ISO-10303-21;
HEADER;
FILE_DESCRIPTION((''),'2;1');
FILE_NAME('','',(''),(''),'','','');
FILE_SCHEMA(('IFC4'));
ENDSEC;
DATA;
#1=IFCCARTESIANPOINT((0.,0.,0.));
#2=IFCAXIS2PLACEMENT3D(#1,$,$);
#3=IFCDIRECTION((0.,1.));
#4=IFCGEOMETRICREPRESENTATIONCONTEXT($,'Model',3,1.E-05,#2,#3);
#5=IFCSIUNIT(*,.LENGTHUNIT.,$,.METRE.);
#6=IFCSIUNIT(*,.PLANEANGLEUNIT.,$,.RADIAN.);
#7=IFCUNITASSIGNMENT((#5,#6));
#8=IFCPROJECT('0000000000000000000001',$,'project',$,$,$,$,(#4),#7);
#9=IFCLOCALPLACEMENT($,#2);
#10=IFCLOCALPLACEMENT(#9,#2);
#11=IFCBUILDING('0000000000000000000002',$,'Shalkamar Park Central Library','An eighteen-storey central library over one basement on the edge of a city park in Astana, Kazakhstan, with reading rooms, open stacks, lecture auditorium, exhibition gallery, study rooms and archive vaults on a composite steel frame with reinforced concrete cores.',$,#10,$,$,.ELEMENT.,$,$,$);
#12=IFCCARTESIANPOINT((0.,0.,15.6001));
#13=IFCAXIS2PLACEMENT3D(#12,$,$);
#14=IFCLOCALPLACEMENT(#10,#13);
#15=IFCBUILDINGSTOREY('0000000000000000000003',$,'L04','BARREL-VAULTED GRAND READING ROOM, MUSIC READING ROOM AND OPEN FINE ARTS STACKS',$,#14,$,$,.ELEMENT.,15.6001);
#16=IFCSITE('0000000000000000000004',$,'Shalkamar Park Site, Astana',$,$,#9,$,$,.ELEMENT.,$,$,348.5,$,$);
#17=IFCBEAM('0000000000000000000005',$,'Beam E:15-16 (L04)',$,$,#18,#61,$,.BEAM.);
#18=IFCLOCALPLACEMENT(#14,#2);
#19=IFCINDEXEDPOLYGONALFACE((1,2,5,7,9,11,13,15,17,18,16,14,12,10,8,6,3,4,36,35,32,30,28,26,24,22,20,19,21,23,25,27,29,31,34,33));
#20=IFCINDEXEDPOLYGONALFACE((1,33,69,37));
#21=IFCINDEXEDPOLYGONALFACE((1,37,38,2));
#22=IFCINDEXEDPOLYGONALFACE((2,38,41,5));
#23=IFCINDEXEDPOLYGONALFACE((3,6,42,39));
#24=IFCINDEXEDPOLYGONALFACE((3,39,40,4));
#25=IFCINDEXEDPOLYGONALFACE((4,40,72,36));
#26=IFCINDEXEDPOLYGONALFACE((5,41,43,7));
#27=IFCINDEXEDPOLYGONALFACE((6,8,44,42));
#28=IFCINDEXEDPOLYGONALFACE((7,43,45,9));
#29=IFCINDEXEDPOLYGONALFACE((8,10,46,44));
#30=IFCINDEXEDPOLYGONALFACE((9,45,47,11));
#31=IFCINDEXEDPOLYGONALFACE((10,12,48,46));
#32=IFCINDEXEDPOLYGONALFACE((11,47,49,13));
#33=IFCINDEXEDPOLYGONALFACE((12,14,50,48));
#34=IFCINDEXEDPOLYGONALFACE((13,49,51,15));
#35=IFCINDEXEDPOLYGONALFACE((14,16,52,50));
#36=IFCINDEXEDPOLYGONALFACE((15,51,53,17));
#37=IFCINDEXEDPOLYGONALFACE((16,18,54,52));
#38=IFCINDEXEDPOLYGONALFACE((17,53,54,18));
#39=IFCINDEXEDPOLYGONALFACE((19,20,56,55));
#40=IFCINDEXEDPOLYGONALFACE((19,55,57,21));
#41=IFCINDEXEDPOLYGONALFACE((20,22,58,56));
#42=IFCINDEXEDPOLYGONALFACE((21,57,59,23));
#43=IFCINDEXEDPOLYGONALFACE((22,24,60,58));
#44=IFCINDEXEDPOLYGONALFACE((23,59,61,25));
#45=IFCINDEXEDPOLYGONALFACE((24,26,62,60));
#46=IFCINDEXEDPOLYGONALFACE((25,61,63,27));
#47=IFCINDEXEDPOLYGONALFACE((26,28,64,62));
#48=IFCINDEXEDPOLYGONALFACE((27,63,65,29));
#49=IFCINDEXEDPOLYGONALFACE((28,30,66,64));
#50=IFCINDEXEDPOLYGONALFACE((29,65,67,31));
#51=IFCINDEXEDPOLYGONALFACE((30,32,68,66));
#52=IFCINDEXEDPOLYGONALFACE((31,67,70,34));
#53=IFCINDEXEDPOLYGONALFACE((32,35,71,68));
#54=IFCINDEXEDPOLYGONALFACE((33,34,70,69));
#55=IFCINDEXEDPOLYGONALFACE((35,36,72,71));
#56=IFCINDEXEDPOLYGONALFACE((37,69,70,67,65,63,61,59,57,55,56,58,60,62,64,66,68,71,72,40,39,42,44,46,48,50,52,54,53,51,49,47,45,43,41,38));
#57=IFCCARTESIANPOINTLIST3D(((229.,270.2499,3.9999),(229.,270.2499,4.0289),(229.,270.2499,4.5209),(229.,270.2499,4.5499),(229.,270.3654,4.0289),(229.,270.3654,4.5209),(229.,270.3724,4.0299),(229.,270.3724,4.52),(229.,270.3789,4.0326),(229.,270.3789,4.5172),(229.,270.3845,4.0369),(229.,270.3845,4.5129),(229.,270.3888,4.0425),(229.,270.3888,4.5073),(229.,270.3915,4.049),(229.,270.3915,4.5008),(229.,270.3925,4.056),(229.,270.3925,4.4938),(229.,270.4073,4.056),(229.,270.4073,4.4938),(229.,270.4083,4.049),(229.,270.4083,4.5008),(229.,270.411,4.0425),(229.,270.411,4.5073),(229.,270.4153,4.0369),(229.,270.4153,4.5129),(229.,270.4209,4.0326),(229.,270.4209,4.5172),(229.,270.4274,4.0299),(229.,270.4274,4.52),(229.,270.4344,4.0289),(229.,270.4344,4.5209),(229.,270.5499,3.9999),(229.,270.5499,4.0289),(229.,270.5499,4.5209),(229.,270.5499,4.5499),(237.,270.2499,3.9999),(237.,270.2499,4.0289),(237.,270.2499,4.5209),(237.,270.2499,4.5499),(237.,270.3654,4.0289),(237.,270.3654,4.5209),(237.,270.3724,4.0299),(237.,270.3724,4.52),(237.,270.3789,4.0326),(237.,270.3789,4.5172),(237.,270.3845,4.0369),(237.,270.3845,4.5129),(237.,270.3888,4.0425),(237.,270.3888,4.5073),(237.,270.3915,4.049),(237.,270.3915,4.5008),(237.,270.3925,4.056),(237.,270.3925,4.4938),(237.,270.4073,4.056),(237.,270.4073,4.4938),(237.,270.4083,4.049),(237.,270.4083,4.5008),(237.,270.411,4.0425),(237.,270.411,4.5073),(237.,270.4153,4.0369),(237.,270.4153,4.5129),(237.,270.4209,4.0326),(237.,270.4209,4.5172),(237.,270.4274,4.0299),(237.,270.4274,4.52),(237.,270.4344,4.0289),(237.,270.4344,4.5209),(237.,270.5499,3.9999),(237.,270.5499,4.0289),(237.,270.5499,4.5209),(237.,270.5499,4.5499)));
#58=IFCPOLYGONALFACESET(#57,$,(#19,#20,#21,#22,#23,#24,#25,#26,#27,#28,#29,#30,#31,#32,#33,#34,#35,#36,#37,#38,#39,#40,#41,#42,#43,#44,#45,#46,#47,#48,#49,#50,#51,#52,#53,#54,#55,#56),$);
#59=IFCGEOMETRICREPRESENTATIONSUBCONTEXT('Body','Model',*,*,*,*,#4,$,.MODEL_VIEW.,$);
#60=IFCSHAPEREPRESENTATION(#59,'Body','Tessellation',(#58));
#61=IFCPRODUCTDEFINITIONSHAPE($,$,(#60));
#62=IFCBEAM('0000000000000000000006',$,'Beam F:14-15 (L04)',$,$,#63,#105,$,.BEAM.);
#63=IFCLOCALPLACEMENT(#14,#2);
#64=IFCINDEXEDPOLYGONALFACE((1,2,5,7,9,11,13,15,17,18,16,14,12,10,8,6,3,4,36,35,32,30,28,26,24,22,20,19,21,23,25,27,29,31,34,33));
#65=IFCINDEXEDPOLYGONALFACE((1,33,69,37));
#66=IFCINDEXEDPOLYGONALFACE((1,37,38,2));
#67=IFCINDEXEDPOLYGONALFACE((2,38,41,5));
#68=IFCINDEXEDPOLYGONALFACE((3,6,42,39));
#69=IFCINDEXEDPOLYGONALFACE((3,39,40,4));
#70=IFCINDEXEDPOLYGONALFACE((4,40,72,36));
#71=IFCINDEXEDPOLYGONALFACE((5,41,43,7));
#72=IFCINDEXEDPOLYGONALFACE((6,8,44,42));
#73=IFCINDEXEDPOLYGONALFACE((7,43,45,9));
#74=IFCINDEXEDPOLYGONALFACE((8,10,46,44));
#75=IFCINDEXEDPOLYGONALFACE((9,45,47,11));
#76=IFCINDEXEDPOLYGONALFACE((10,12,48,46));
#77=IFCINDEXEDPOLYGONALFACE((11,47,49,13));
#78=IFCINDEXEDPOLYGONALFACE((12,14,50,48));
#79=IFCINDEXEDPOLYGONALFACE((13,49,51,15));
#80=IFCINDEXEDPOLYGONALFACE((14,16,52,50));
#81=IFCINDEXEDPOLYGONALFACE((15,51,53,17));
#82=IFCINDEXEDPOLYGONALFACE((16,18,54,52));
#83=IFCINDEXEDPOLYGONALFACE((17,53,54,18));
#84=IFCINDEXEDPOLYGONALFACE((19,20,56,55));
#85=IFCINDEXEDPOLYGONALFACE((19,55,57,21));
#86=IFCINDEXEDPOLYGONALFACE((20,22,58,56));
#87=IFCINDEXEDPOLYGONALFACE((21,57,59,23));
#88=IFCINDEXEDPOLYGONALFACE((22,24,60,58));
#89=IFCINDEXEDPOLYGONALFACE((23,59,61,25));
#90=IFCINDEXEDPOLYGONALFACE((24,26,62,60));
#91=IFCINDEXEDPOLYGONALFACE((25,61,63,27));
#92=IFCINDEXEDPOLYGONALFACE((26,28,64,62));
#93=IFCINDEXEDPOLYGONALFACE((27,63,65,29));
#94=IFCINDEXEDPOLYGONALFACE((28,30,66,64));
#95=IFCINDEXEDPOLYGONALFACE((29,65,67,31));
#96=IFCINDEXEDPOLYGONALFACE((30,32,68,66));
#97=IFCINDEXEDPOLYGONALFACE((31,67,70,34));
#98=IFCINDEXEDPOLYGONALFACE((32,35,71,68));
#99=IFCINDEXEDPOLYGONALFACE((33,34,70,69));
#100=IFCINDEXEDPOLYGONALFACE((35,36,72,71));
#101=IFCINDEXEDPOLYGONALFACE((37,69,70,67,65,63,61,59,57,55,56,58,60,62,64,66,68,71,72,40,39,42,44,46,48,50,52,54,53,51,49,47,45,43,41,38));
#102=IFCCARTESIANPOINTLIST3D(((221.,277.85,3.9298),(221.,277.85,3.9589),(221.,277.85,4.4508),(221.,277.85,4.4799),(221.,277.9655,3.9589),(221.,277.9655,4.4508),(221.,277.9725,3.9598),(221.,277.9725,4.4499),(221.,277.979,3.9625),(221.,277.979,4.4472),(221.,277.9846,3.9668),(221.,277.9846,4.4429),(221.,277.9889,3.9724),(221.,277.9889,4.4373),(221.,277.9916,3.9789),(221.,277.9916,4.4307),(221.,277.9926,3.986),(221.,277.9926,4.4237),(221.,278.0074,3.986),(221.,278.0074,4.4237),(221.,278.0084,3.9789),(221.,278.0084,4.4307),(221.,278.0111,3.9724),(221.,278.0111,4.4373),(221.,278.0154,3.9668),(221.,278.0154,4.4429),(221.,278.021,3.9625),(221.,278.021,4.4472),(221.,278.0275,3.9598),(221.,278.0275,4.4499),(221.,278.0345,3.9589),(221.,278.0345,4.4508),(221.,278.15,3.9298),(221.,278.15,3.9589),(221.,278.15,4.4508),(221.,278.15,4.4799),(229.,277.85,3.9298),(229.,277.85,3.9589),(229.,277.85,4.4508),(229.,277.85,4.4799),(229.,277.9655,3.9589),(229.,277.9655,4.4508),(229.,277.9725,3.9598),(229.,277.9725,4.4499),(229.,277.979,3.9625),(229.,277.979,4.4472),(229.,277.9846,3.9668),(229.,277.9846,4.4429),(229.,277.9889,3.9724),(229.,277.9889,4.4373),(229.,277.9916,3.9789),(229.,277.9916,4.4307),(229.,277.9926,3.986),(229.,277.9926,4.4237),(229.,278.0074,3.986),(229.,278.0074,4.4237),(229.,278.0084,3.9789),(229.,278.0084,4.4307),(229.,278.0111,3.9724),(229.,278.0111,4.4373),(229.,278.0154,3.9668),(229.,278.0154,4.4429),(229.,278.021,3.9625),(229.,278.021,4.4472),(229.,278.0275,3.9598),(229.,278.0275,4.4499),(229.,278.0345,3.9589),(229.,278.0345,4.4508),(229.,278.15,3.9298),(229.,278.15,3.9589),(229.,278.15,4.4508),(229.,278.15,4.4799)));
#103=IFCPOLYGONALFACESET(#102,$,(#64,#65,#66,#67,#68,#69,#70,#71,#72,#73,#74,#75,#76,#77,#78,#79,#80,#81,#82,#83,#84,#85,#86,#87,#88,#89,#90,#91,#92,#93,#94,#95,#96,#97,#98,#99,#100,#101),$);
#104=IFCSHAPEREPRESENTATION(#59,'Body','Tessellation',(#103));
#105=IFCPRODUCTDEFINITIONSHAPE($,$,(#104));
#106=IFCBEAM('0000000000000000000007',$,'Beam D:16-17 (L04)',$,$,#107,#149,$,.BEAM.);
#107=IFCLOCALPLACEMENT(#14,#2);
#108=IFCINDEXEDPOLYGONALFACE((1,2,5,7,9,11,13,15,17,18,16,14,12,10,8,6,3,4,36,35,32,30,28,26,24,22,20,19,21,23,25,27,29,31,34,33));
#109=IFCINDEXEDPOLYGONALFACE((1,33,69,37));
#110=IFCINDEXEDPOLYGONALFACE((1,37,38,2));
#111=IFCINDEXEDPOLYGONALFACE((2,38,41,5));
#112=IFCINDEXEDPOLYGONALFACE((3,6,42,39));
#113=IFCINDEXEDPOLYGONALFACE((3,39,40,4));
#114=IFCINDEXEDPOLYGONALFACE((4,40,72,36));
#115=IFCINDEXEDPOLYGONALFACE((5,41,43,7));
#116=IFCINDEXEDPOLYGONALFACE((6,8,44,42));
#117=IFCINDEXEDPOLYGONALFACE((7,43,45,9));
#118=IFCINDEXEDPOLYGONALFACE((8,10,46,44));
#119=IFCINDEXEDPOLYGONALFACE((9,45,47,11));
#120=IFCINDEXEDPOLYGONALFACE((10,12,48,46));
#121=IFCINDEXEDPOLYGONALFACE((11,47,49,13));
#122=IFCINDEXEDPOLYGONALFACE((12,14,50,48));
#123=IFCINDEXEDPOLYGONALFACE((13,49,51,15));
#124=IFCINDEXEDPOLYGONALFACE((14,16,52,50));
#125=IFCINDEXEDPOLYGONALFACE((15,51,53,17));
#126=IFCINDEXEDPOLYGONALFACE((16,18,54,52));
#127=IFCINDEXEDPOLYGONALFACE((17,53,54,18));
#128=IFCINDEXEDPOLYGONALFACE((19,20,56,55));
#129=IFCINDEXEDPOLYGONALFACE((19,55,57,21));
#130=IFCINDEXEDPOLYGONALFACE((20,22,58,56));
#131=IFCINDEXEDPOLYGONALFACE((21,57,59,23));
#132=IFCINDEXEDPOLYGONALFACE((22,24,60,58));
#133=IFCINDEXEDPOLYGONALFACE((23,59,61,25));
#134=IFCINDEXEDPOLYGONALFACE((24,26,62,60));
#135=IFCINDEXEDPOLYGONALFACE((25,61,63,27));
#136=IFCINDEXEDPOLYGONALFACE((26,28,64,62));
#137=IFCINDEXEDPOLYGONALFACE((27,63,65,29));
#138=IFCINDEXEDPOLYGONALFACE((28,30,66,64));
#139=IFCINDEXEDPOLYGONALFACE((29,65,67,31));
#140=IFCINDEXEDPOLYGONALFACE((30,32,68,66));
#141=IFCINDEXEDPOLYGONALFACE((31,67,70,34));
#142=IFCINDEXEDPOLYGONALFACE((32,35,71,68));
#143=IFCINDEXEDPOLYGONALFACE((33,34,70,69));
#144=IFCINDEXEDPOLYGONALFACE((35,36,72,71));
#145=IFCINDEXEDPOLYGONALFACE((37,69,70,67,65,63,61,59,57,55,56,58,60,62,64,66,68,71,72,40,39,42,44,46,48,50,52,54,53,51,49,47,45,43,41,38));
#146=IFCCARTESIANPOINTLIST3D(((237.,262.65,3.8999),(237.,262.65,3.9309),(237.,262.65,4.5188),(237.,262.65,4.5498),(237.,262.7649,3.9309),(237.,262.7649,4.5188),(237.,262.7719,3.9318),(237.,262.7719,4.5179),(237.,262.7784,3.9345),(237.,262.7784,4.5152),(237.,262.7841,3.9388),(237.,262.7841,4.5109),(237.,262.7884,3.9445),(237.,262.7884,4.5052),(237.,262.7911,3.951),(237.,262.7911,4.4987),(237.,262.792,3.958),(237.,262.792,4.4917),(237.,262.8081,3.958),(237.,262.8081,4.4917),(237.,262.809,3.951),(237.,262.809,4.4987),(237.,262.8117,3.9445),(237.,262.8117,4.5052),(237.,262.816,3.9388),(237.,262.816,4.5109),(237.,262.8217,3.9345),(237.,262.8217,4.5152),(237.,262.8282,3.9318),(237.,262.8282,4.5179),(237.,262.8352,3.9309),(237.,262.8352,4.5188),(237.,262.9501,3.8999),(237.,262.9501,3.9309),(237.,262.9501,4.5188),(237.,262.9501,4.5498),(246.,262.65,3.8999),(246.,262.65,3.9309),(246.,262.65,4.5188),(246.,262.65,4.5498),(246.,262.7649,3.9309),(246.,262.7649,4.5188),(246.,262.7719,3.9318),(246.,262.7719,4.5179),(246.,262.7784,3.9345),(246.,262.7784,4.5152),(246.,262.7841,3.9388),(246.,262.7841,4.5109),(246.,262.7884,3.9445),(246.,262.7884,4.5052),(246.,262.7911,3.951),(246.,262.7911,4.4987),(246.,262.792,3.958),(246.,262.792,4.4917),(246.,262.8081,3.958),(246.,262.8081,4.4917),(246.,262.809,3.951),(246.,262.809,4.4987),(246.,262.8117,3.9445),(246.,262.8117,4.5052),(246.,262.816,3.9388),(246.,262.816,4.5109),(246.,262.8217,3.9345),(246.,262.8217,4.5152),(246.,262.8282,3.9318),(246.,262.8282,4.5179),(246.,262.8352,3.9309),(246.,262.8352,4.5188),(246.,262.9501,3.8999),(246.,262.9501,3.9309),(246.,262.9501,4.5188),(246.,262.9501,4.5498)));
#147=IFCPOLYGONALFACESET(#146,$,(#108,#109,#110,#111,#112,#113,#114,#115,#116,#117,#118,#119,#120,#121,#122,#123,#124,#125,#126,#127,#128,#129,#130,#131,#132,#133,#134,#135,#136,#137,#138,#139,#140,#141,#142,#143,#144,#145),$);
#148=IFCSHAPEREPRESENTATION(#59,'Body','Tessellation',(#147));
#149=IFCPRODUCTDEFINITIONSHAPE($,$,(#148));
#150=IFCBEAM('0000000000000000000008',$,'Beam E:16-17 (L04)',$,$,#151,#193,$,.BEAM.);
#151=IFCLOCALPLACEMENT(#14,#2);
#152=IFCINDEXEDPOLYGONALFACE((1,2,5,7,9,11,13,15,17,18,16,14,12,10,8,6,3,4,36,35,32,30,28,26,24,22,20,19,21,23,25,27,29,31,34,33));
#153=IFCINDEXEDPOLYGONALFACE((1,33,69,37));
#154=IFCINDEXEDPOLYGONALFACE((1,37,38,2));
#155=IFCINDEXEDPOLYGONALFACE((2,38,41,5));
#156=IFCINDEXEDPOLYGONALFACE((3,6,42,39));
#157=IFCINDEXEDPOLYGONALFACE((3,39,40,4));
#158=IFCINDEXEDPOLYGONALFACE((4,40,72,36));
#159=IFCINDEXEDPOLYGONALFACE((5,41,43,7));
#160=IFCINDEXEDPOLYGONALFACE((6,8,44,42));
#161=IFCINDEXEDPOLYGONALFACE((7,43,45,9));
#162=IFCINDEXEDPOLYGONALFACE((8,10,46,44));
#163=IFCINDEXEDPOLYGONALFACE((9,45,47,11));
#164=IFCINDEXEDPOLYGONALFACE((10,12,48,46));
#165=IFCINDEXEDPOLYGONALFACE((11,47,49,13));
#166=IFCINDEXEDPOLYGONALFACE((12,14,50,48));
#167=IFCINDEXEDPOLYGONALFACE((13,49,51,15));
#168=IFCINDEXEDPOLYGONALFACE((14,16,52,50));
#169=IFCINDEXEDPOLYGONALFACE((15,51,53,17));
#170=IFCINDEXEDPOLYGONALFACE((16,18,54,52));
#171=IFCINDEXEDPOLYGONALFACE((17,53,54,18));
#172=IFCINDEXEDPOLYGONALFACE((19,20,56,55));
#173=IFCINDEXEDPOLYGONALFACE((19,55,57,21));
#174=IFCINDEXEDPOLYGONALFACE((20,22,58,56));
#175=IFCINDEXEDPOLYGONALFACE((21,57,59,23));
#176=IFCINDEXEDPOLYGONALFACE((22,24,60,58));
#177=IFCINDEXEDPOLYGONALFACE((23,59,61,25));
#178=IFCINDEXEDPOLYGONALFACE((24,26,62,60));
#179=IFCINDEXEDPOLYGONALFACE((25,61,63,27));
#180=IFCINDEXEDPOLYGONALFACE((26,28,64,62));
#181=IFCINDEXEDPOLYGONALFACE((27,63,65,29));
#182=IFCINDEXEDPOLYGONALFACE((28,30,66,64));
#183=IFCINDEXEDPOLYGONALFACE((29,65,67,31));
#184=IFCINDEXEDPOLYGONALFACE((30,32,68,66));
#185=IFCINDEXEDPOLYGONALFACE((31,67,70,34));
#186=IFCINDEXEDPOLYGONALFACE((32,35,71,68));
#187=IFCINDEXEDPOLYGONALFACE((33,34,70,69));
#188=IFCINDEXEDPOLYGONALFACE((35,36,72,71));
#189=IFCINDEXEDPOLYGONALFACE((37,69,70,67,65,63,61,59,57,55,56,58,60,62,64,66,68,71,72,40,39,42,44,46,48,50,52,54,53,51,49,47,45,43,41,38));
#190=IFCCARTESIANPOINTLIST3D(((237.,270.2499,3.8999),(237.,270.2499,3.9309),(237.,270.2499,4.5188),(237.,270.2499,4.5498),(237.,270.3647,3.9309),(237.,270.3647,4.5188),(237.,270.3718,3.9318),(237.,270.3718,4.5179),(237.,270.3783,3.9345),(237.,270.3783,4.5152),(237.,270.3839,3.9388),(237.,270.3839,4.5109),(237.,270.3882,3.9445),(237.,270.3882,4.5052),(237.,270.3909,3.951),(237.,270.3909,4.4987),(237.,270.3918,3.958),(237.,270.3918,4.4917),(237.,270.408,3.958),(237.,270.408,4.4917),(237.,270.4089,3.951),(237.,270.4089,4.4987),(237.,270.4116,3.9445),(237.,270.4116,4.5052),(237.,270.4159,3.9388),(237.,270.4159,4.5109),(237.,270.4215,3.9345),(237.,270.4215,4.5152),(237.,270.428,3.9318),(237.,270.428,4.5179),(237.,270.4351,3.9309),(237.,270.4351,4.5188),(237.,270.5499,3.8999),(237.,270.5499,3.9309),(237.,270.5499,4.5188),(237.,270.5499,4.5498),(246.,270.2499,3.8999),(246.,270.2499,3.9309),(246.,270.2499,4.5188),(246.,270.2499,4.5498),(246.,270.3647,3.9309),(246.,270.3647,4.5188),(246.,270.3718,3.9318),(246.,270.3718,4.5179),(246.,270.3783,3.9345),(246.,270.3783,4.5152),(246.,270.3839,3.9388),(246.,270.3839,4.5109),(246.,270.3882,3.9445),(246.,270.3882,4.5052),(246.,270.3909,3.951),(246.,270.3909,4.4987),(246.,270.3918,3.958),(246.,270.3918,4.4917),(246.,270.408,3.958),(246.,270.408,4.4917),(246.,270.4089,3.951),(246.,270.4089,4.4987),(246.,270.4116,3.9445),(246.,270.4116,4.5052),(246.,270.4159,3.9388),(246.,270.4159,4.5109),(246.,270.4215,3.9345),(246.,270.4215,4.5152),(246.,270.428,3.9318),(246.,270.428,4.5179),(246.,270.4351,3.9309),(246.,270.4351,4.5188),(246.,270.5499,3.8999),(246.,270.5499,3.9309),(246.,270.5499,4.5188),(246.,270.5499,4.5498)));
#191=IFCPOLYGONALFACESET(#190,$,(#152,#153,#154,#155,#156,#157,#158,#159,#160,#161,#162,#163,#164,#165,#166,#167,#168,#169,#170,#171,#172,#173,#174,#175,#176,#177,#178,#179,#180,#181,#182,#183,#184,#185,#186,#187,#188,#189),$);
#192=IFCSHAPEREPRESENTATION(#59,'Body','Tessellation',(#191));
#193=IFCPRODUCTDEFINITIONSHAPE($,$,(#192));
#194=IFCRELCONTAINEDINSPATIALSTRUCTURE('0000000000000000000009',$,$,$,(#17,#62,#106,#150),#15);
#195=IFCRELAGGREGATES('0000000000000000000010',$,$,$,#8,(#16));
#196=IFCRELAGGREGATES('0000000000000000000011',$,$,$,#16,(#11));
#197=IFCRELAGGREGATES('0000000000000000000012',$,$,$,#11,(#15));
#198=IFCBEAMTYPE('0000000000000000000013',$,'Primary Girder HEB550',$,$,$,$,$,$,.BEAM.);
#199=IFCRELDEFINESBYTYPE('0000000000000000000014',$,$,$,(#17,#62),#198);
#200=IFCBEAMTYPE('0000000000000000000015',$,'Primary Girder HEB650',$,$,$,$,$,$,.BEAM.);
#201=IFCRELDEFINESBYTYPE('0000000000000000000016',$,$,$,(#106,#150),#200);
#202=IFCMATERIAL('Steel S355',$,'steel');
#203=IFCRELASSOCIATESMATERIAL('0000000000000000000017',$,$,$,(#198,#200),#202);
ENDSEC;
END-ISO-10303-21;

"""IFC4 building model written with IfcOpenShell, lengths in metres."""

from ifc_helpers import new_model, si_unit, direction, frame, origin, origin_2d, place, context, subcontext, project, spatial, i_section, extrude, material, material_profile, profile_set, type_object, element, save


model = new_model("IFC4")

# Units and contexts
model_context = context("Model", 3, precision=1e-05, world=origin(), true_north=direction((0.0, 1.0)))
body_context = subcontext(model_context, "Body", "Model", "MODEL_VIEW")
ifc_project = project(units=[si_unit("LENGTHUNIT", "METRE"), si_unit("PLANEANGLEUNIT", "RADIAN")], contexts=[model_context])

# Site, building, storey
site_placement = place(None, origin())
site = spatial("IfcSite", under=ifc_project, at=site_placement, Name="Shalkamar Park Site, Astana", CompositionType="ELEMENT", RefElevation=348.5)
building_placement = place(site_placement, origin())
building = spatial("IfcBuilding", under=site, at=building_placement, Name="Shalkamar Park Central Library", Description="An eighteen-storey central library over one basement on the edge of a city park in Astana, Kazakhstan, with reading rooms, open stacks, lecture auditorium, exhibition gallery, study rooms and archive vaults on a composite steel frame with reinforced concrete cores.", CompositionType="ELEMENT")
storey_placement = place(building_placement, frame((0.0, 0.0, 15.6001)))
storey = spatial("IfcBuildingStorey", under=building, at=storey_placement, Name="L04", Description="BARREL-VAULTED GRAND READING ROOM, MUSIC READING ROOM AND OPEN FINE ARTS STACKS", CompositionType="ELEMENT", Elevation=15.6001)

# Shared definitions
ifc_material_1 = material(Name="Steel S355", Category="steel")

# Beams
ifc_material_profile_1 = material_profile(ifc_material_1, i_section(OverallWidth=0.3, OverallDepth=0.55, WebThickness=0.0149, FlangeThickness=0.0291, FilletRadius=0.0271, at=origin_2d()), Name="HEB 550")
ifc_profile_set_1 = profile_set([ifc_material_profile_1], Name="Steel S355")
beam_type_1 = type_object("IfcBeamType", Name="Primary Girder HEB550", PredefinedType="BEAM", material=ifc_profile_set_1)
for number, where, z_axis, x_axis, name in (
    (1, (229.0, 270.3999, 4.2749), (1.0, 0.0, 0.0), (0.0, 1.0, 0.0), "Beam E:15-16 (L04)"),
    (2, (221.0, 278.0, 4.2048), (1.0, 0.0, 0.0), (0.0, 1.0, 0.0), "Beam F:14-15 (L04)"),
):
    element("IfcBeam", number, at=place(storey_placement, frame(where, z_axis=z_axis, x_axis=x_axis)), inside=storey, type_object=beam_type_1, Name=name, PredefinedType="BEAM", context=body_context, shape_type="SweptSolid", body=[
        extrude(i_section(OverallWidth=0.3, OverallDepth=0.55, WebThickness=0.0149, FlangeThickness=0.0291, FilletRadius=0.0271, at=origin_2d()), origin(), (0.0, 0.0, 1.0), 8.0),
    ])
ifc_material_profile_2 = material_profile(ifc_material_1, i_section(OverallWidth=0.3, OverallDepth=0.6499, WebThickness=0.0161, FlangeThickness=0.031, FilletRadius=0.0271, at=origin_2d()), Name="HEB 650")
ifc_profile_set_2 = profile_set([ifc_material_profile_2], Name="Steel S355")
beam_type_2 = type_object("IfcBeamType", Name="Primary Girder HEB650", PredefinedType="BEAM", material=ifc_profile_set_2)
for number, where, z_axis, x_axis, name in (
    (3, (237.0, 262.8, 4.2249), (1.0, 0.0, 0.0), (0.0, 1.0, 0.0), "Beam D:16-17 (L04)"),
    (4, (237.0, 270.3999, 4.2249), (1.0, 0.0, 0.0), (0.0, 1.0, 0.0), "Beam E:16-17 (L04)"),
):
    element("IfcBeam", number, at=place(storey_placement, frame(where, z_axis=z_axis, x_axis=x_axis)), inside=storey, type_object=beam_type_2, Name=name, PredefinedType="BEAM", context=body_context, shape_type="SweptSolid", body=[
        extrude(i_section(OverallWidth=0.3, OverallDepth=0.6499, WebThickness=0.0161, FlangeThickness=0.031, FilletRadius=0.0271, at=origin_2d()), origin(), (0.0, 0.0, 1.0), 9.0),
    ])

save(model, "model.ifc")
